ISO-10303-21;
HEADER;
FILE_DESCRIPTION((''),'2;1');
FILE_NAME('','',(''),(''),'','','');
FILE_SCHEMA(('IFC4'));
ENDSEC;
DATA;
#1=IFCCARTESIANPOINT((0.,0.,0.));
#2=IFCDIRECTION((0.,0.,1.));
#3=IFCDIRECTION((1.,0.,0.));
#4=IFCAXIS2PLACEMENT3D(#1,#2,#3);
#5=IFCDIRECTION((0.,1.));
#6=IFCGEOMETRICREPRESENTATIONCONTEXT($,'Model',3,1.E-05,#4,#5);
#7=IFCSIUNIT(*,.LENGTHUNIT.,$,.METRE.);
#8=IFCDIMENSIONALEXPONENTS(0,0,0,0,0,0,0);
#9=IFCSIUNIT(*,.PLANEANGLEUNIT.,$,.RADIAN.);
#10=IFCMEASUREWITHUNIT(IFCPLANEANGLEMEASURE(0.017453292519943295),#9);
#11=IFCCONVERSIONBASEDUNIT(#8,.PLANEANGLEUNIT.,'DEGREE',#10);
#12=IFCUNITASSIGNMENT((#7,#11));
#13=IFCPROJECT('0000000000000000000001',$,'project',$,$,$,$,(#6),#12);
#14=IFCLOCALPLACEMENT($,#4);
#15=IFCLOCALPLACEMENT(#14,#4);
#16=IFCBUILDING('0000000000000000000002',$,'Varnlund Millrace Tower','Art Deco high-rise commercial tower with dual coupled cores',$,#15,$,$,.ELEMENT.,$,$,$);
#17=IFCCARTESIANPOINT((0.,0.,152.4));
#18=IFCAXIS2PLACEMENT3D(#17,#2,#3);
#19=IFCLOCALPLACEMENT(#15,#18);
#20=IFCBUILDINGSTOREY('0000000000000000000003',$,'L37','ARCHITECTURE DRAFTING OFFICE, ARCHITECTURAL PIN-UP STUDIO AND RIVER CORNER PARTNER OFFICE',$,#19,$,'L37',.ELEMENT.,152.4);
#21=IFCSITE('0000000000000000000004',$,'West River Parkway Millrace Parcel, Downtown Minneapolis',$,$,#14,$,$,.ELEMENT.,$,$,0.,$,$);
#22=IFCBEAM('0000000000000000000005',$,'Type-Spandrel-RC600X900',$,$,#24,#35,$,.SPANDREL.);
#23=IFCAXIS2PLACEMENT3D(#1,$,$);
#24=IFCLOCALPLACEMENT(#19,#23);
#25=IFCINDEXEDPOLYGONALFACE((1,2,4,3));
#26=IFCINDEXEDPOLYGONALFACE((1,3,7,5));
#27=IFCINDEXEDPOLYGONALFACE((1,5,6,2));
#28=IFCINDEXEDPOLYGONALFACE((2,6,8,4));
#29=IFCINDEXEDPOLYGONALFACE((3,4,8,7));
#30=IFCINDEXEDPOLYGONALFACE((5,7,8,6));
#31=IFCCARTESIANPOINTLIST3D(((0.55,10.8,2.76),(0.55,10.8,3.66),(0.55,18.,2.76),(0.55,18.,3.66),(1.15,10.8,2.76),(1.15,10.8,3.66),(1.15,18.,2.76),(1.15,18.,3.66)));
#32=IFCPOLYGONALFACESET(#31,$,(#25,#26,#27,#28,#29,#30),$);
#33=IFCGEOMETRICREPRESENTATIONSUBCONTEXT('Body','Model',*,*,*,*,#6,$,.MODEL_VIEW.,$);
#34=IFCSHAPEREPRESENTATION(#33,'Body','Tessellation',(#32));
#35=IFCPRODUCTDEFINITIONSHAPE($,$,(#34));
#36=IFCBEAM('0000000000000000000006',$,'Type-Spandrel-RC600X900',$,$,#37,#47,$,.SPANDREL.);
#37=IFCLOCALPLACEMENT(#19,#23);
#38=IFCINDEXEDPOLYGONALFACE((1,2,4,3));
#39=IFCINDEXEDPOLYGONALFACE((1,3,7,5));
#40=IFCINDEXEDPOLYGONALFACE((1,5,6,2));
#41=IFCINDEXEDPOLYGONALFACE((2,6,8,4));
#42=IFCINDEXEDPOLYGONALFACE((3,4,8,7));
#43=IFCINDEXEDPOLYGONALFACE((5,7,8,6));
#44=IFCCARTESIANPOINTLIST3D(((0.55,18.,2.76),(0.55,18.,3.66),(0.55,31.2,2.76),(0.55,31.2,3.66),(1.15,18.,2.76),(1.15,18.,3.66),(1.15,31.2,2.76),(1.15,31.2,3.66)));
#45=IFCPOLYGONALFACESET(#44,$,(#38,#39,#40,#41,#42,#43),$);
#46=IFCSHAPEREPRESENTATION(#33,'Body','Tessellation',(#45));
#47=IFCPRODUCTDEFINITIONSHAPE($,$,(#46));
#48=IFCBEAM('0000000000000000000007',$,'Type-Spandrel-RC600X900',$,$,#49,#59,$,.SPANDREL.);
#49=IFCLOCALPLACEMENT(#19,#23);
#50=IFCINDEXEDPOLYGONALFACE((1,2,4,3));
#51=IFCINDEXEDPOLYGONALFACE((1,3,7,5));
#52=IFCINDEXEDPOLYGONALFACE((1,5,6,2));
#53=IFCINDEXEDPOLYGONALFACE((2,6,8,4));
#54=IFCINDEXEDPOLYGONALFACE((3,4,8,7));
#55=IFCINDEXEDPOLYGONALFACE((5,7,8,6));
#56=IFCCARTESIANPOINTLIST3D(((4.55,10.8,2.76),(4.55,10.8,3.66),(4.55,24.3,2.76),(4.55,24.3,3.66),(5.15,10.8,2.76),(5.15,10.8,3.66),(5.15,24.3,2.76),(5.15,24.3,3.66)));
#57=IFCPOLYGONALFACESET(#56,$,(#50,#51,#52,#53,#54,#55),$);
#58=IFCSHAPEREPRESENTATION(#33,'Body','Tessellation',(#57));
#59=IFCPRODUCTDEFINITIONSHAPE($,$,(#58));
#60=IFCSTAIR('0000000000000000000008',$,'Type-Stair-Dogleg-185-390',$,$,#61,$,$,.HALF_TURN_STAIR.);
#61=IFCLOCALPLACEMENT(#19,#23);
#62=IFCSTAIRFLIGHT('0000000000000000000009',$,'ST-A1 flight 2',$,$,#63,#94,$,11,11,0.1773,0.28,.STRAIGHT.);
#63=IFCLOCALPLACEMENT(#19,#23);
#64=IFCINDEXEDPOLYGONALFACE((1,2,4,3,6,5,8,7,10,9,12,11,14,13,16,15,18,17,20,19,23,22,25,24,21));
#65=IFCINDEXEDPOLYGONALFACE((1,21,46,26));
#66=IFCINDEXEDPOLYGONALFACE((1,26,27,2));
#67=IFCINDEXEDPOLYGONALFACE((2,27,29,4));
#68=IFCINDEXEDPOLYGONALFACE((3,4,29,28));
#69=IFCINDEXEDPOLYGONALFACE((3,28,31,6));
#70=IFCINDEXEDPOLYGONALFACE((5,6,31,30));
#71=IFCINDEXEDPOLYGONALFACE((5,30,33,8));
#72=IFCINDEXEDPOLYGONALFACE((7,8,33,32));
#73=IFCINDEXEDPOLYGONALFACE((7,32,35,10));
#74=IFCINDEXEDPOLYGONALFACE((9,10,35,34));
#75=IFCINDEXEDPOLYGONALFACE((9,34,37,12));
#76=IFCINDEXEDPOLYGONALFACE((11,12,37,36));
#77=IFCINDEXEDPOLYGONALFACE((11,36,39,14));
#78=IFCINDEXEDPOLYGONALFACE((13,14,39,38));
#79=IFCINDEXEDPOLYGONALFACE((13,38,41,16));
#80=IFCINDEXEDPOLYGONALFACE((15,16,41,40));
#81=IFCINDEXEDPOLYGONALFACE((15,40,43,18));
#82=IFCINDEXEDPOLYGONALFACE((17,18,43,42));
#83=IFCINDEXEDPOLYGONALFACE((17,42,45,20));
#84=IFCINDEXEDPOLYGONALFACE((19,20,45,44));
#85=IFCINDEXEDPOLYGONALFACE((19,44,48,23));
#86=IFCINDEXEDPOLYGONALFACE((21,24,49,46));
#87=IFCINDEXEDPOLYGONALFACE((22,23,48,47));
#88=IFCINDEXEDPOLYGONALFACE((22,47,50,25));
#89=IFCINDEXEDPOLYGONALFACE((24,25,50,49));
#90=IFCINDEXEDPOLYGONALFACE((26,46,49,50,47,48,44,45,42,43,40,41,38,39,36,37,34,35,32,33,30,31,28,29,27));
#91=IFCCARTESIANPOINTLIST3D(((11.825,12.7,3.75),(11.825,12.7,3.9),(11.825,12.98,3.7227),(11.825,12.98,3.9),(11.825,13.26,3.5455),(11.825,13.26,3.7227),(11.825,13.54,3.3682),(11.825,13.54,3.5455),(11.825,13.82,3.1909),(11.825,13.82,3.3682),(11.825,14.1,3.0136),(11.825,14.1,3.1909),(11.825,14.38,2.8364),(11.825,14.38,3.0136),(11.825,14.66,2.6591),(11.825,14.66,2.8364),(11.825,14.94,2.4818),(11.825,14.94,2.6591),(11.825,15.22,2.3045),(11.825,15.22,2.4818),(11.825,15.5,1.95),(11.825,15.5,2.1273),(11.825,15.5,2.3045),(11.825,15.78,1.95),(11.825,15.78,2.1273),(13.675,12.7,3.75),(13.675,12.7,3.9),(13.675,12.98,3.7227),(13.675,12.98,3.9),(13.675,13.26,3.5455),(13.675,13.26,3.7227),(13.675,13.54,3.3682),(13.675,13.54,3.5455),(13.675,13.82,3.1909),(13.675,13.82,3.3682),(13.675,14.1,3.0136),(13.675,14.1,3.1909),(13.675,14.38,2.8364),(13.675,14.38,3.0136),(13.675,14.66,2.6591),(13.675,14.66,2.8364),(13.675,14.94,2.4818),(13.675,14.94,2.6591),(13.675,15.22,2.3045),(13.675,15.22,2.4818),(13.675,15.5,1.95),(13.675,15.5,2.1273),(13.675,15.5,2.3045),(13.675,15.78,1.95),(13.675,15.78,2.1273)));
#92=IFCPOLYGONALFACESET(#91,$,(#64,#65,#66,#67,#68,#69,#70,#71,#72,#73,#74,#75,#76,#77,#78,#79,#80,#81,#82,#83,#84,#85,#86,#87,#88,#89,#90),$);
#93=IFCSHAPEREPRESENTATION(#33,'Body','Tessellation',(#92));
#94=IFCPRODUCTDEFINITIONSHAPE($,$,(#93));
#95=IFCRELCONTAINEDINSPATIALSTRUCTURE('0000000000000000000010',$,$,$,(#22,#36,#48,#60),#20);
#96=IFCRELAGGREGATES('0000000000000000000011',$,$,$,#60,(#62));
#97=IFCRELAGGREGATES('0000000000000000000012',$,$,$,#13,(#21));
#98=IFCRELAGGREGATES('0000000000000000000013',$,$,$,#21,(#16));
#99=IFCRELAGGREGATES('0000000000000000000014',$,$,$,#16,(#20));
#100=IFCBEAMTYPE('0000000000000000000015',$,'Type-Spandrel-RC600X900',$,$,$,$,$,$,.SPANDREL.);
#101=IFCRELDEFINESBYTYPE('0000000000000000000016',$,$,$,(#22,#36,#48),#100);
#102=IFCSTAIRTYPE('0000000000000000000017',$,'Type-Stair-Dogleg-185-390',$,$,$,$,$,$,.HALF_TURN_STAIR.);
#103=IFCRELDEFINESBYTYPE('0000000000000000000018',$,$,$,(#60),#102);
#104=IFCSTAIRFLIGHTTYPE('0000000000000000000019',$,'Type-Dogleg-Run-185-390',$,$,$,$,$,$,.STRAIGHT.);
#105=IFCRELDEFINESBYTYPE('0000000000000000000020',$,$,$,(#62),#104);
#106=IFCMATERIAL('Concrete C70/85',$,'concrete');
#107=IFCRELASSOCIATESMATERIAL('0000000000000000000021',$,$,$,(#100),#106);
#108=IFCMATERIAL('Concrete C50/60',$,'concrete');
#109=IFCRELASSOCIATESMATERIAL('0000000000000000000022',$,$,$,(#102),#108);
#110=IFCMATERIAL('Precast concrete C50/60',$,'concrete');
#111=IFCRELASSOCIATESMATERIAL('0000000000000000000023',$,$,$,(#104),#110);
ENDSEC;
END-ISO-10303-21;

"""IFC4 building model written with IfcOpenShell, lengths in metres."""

from ifc_helpers import new_model, entity, si_unit, converted_unit, direction, frame, origin_with_axes, origin_2d_with_axis, place, context, subcontext, project, spatial, polyline, rectangle, outline, extrude, material, material_profile, profile_set, type_object, element, aggregate, save


model = new_model("IFC4")

# Units and contexts
model_context = context("Model", 3, precision=1e-05, world=origin_with_axes(), true_north=direction((0.0, 1.0)))
body_context = subcontext(model_context, "Body", "Model", "MODEL_VIEW")
ifc_project = project(units=[si_unit("LENGTHUNIT", "METRE"), converted_unit("PLANEANGLEUNIT", "DEGREE", entity("IfcPlaneAngleMeasure", 0.017453292519943295), si_unit("PLANEANGLEUNIT", "RADIAN"), dimensions=[0, 0, 0, 0, 0, 0, 0])], contexts=[model_context])

# Site, building, storey
site_placement = place(None, origin_with_axes())
site = spatial("IfcSite", under=ifc_project, at=site_placement, Name="West River Parkway Millrace Parcel, Downtown Minneapolis", CompositionType="ELEMENT", RefElevation=0.0)
building_placement = place(site_placement, origin_with_axes())
building = spatial("IfcBuilding", under=site, at=building_placement, Name="Varnlund Millrace Tower", Description="Art Deco high-rise commercial tower with dual coupled cores", CompositionType="ELEMENT")
storey_placement = place(building_placement, frame((0.0, 0.0, 152.4), z_axis=(0.0, 0.0, 1.0), x_axis=(1.0, 0.0, 0.0)))
storey = spatial("IfcBuildingStorey", under=building, at=storey_placement, Name="L37", Description="ARCHITECTURE DRAFTING OFFICE, ARCHITECTURAL PIN-UP STUDIO AND RIVER CORNER PARTNER OFFICE", LongName="L37", CompositionType="ELEMENT", Elevation=152.4)

# Beams
ifc_material_1 = material(Name="Concrete C70/85", Category="concrete")
ifc_material_profile_1 = material_profile(ifc_material_1, rectangle(XDim=0.6, YDim=0.9, at=origin_2d_with_axis()), Name="Concrete C70/85")
ifc_profile_set_1 = profile_set([ifc_material_profile_1], Name="Concrete C70/85")
beam_type_1 = type_object("IfcBeamType", Name="Type-Spandrel-RC600X900", PredefinedType="SPANDREL", material=ifc_profile_set_1)
beam_1_placement = place(storey_placement, frame((0.85, 10.8, 3.21), z_axis=(0.0, 1.0, 0.0), x_axis=(-1.0, 0.0, 0.0)))
element("IfcBeam", 1, at=beam_1_placement, inside=storey, type_object=beam_type_1, Name="Type-Spandrel-RC600X900", PredefinedType="SPANDREL", context=body_context, shape_type="SweptSolid", body=[
    extrude(rectangle(XDim=0.6, YDim=0.9, at=origin_2d_with_axis()), origin_with_axes(), (0.0, 0.0, 1.0), 7.2),
])
beam_2_placement = place(storey_placement, frame((0.85, 18.0, 3.21), z_axis=(0.0, 1.0, 0.0), x_axis=(-1.0, 0.0, 0.0)))
element("IfcBeam", 2, at=beam_2_placement, inside=storey, type_object=beam_type_1, Name="Type-Spandrel-RC600X900", PredefinedType="SPANDREL", context=body_context, shape_type="SweptSolid", body=[
    extrude(rectangle(XDim=0.6, YDim=0.9, at=origin_2d_with_axis()), origin_with_axes(), (0.0, 0.0, 1.0), 13.2),
])
beam_3_placement = place(storey_placement, frame((4.85, 10.8, 3.21), z_axis=(0.0, 1.0, 0.0), x_axis=(-1.0, 0.0, 0.0)))
element("IfcBeam", 3, at=beam_3_placement, inside=storey, type_object=beam_type_1, Name="Type-Spandrel-RC600X900", PredefinedType="SPANDREL", context=body_context, shape_type="SweptSolid", body=[
    extrude(rectangle(XDim=0.6, YDim=0.9, at=origin_2d_with_axis()), origin_with_axes(), (0.0, 0.0, 1.0), 13.5),
])

# Stair, stair flight
ifc_material_2 = material(Name="Concrete C50/60", Category="concrete")
stair_type = type_object("IfcStairType", Name="Type-Stair-Dogleg-185-390", PredefinedType="HALF_TURN_STAIR", material=ifc_material_2)
stair_placement = place(storey_placement, origin_with_axes())
stair = element("IfcStair", 4, at=stair_placement, inside=storey, type_object=stair_type, Name="Type-Stair-Dogleg-185-390", PredefinedType="HALF_TURN_STAIR")
ifc_material_3 = material(Name="Precast concrete C50/60", Category="concrete")
stair_flight_type = type_object("IfcStairFlightType", Name="Type-Dogleg-Run-185-390", PredefinedType="STRAIGHT", material=ifc_material_3)
stair_flight_placement = place(storey_placement, frame((13.675, 15.78, 1.95), z_axis=(-1.0, 0.0, 0.0), x_axis=(0.0, -1.0, 0.0)))
stair_flight = element("IfcStairFlight", 5, at=stair_flight_placement, type_object=stair_flight_type, Name="ST-A1 flight 2", NumberOfRisers=11, NumberOfTreads=11, PredefinedType="STRAIGHT", RiserHeight=0.1773, TreadLength=0.28, context=body_context, shape_type="SweptSolid", body=[
    extrude(outline(polyline([(0.0, 0.0), (0.0, 0.1773), (0.28, 0.1773), (0.28, 0.3545), (0.56, 0.3545), (0.56, 0.5318), (0.84, 0.5318), (0.84, 0.7091), (1.12, 0.7091), (1.12, 0.8864), (1.4, 0.8864), (1.4, 1.0636), (1.68, 1.0636), (1.68, 1.2409), (1.96, 1.2409), (1.96, 1.4182), (2.24, 1.4182), (2.24, 1.5955), (2.52, 1.5955), (2.52, 1.7727), (2.8, 1.7727), (2.8, 1.95), (3.08, 1.95), (3.08, 1.8), (0.28, 0.0), (0.0, 0.0)])), origin_with_axes(), (0.0, 0.0, 1.0), 1.85),
])
aggregate(stair, [stair_flight])

save(model, "model.ifc")
